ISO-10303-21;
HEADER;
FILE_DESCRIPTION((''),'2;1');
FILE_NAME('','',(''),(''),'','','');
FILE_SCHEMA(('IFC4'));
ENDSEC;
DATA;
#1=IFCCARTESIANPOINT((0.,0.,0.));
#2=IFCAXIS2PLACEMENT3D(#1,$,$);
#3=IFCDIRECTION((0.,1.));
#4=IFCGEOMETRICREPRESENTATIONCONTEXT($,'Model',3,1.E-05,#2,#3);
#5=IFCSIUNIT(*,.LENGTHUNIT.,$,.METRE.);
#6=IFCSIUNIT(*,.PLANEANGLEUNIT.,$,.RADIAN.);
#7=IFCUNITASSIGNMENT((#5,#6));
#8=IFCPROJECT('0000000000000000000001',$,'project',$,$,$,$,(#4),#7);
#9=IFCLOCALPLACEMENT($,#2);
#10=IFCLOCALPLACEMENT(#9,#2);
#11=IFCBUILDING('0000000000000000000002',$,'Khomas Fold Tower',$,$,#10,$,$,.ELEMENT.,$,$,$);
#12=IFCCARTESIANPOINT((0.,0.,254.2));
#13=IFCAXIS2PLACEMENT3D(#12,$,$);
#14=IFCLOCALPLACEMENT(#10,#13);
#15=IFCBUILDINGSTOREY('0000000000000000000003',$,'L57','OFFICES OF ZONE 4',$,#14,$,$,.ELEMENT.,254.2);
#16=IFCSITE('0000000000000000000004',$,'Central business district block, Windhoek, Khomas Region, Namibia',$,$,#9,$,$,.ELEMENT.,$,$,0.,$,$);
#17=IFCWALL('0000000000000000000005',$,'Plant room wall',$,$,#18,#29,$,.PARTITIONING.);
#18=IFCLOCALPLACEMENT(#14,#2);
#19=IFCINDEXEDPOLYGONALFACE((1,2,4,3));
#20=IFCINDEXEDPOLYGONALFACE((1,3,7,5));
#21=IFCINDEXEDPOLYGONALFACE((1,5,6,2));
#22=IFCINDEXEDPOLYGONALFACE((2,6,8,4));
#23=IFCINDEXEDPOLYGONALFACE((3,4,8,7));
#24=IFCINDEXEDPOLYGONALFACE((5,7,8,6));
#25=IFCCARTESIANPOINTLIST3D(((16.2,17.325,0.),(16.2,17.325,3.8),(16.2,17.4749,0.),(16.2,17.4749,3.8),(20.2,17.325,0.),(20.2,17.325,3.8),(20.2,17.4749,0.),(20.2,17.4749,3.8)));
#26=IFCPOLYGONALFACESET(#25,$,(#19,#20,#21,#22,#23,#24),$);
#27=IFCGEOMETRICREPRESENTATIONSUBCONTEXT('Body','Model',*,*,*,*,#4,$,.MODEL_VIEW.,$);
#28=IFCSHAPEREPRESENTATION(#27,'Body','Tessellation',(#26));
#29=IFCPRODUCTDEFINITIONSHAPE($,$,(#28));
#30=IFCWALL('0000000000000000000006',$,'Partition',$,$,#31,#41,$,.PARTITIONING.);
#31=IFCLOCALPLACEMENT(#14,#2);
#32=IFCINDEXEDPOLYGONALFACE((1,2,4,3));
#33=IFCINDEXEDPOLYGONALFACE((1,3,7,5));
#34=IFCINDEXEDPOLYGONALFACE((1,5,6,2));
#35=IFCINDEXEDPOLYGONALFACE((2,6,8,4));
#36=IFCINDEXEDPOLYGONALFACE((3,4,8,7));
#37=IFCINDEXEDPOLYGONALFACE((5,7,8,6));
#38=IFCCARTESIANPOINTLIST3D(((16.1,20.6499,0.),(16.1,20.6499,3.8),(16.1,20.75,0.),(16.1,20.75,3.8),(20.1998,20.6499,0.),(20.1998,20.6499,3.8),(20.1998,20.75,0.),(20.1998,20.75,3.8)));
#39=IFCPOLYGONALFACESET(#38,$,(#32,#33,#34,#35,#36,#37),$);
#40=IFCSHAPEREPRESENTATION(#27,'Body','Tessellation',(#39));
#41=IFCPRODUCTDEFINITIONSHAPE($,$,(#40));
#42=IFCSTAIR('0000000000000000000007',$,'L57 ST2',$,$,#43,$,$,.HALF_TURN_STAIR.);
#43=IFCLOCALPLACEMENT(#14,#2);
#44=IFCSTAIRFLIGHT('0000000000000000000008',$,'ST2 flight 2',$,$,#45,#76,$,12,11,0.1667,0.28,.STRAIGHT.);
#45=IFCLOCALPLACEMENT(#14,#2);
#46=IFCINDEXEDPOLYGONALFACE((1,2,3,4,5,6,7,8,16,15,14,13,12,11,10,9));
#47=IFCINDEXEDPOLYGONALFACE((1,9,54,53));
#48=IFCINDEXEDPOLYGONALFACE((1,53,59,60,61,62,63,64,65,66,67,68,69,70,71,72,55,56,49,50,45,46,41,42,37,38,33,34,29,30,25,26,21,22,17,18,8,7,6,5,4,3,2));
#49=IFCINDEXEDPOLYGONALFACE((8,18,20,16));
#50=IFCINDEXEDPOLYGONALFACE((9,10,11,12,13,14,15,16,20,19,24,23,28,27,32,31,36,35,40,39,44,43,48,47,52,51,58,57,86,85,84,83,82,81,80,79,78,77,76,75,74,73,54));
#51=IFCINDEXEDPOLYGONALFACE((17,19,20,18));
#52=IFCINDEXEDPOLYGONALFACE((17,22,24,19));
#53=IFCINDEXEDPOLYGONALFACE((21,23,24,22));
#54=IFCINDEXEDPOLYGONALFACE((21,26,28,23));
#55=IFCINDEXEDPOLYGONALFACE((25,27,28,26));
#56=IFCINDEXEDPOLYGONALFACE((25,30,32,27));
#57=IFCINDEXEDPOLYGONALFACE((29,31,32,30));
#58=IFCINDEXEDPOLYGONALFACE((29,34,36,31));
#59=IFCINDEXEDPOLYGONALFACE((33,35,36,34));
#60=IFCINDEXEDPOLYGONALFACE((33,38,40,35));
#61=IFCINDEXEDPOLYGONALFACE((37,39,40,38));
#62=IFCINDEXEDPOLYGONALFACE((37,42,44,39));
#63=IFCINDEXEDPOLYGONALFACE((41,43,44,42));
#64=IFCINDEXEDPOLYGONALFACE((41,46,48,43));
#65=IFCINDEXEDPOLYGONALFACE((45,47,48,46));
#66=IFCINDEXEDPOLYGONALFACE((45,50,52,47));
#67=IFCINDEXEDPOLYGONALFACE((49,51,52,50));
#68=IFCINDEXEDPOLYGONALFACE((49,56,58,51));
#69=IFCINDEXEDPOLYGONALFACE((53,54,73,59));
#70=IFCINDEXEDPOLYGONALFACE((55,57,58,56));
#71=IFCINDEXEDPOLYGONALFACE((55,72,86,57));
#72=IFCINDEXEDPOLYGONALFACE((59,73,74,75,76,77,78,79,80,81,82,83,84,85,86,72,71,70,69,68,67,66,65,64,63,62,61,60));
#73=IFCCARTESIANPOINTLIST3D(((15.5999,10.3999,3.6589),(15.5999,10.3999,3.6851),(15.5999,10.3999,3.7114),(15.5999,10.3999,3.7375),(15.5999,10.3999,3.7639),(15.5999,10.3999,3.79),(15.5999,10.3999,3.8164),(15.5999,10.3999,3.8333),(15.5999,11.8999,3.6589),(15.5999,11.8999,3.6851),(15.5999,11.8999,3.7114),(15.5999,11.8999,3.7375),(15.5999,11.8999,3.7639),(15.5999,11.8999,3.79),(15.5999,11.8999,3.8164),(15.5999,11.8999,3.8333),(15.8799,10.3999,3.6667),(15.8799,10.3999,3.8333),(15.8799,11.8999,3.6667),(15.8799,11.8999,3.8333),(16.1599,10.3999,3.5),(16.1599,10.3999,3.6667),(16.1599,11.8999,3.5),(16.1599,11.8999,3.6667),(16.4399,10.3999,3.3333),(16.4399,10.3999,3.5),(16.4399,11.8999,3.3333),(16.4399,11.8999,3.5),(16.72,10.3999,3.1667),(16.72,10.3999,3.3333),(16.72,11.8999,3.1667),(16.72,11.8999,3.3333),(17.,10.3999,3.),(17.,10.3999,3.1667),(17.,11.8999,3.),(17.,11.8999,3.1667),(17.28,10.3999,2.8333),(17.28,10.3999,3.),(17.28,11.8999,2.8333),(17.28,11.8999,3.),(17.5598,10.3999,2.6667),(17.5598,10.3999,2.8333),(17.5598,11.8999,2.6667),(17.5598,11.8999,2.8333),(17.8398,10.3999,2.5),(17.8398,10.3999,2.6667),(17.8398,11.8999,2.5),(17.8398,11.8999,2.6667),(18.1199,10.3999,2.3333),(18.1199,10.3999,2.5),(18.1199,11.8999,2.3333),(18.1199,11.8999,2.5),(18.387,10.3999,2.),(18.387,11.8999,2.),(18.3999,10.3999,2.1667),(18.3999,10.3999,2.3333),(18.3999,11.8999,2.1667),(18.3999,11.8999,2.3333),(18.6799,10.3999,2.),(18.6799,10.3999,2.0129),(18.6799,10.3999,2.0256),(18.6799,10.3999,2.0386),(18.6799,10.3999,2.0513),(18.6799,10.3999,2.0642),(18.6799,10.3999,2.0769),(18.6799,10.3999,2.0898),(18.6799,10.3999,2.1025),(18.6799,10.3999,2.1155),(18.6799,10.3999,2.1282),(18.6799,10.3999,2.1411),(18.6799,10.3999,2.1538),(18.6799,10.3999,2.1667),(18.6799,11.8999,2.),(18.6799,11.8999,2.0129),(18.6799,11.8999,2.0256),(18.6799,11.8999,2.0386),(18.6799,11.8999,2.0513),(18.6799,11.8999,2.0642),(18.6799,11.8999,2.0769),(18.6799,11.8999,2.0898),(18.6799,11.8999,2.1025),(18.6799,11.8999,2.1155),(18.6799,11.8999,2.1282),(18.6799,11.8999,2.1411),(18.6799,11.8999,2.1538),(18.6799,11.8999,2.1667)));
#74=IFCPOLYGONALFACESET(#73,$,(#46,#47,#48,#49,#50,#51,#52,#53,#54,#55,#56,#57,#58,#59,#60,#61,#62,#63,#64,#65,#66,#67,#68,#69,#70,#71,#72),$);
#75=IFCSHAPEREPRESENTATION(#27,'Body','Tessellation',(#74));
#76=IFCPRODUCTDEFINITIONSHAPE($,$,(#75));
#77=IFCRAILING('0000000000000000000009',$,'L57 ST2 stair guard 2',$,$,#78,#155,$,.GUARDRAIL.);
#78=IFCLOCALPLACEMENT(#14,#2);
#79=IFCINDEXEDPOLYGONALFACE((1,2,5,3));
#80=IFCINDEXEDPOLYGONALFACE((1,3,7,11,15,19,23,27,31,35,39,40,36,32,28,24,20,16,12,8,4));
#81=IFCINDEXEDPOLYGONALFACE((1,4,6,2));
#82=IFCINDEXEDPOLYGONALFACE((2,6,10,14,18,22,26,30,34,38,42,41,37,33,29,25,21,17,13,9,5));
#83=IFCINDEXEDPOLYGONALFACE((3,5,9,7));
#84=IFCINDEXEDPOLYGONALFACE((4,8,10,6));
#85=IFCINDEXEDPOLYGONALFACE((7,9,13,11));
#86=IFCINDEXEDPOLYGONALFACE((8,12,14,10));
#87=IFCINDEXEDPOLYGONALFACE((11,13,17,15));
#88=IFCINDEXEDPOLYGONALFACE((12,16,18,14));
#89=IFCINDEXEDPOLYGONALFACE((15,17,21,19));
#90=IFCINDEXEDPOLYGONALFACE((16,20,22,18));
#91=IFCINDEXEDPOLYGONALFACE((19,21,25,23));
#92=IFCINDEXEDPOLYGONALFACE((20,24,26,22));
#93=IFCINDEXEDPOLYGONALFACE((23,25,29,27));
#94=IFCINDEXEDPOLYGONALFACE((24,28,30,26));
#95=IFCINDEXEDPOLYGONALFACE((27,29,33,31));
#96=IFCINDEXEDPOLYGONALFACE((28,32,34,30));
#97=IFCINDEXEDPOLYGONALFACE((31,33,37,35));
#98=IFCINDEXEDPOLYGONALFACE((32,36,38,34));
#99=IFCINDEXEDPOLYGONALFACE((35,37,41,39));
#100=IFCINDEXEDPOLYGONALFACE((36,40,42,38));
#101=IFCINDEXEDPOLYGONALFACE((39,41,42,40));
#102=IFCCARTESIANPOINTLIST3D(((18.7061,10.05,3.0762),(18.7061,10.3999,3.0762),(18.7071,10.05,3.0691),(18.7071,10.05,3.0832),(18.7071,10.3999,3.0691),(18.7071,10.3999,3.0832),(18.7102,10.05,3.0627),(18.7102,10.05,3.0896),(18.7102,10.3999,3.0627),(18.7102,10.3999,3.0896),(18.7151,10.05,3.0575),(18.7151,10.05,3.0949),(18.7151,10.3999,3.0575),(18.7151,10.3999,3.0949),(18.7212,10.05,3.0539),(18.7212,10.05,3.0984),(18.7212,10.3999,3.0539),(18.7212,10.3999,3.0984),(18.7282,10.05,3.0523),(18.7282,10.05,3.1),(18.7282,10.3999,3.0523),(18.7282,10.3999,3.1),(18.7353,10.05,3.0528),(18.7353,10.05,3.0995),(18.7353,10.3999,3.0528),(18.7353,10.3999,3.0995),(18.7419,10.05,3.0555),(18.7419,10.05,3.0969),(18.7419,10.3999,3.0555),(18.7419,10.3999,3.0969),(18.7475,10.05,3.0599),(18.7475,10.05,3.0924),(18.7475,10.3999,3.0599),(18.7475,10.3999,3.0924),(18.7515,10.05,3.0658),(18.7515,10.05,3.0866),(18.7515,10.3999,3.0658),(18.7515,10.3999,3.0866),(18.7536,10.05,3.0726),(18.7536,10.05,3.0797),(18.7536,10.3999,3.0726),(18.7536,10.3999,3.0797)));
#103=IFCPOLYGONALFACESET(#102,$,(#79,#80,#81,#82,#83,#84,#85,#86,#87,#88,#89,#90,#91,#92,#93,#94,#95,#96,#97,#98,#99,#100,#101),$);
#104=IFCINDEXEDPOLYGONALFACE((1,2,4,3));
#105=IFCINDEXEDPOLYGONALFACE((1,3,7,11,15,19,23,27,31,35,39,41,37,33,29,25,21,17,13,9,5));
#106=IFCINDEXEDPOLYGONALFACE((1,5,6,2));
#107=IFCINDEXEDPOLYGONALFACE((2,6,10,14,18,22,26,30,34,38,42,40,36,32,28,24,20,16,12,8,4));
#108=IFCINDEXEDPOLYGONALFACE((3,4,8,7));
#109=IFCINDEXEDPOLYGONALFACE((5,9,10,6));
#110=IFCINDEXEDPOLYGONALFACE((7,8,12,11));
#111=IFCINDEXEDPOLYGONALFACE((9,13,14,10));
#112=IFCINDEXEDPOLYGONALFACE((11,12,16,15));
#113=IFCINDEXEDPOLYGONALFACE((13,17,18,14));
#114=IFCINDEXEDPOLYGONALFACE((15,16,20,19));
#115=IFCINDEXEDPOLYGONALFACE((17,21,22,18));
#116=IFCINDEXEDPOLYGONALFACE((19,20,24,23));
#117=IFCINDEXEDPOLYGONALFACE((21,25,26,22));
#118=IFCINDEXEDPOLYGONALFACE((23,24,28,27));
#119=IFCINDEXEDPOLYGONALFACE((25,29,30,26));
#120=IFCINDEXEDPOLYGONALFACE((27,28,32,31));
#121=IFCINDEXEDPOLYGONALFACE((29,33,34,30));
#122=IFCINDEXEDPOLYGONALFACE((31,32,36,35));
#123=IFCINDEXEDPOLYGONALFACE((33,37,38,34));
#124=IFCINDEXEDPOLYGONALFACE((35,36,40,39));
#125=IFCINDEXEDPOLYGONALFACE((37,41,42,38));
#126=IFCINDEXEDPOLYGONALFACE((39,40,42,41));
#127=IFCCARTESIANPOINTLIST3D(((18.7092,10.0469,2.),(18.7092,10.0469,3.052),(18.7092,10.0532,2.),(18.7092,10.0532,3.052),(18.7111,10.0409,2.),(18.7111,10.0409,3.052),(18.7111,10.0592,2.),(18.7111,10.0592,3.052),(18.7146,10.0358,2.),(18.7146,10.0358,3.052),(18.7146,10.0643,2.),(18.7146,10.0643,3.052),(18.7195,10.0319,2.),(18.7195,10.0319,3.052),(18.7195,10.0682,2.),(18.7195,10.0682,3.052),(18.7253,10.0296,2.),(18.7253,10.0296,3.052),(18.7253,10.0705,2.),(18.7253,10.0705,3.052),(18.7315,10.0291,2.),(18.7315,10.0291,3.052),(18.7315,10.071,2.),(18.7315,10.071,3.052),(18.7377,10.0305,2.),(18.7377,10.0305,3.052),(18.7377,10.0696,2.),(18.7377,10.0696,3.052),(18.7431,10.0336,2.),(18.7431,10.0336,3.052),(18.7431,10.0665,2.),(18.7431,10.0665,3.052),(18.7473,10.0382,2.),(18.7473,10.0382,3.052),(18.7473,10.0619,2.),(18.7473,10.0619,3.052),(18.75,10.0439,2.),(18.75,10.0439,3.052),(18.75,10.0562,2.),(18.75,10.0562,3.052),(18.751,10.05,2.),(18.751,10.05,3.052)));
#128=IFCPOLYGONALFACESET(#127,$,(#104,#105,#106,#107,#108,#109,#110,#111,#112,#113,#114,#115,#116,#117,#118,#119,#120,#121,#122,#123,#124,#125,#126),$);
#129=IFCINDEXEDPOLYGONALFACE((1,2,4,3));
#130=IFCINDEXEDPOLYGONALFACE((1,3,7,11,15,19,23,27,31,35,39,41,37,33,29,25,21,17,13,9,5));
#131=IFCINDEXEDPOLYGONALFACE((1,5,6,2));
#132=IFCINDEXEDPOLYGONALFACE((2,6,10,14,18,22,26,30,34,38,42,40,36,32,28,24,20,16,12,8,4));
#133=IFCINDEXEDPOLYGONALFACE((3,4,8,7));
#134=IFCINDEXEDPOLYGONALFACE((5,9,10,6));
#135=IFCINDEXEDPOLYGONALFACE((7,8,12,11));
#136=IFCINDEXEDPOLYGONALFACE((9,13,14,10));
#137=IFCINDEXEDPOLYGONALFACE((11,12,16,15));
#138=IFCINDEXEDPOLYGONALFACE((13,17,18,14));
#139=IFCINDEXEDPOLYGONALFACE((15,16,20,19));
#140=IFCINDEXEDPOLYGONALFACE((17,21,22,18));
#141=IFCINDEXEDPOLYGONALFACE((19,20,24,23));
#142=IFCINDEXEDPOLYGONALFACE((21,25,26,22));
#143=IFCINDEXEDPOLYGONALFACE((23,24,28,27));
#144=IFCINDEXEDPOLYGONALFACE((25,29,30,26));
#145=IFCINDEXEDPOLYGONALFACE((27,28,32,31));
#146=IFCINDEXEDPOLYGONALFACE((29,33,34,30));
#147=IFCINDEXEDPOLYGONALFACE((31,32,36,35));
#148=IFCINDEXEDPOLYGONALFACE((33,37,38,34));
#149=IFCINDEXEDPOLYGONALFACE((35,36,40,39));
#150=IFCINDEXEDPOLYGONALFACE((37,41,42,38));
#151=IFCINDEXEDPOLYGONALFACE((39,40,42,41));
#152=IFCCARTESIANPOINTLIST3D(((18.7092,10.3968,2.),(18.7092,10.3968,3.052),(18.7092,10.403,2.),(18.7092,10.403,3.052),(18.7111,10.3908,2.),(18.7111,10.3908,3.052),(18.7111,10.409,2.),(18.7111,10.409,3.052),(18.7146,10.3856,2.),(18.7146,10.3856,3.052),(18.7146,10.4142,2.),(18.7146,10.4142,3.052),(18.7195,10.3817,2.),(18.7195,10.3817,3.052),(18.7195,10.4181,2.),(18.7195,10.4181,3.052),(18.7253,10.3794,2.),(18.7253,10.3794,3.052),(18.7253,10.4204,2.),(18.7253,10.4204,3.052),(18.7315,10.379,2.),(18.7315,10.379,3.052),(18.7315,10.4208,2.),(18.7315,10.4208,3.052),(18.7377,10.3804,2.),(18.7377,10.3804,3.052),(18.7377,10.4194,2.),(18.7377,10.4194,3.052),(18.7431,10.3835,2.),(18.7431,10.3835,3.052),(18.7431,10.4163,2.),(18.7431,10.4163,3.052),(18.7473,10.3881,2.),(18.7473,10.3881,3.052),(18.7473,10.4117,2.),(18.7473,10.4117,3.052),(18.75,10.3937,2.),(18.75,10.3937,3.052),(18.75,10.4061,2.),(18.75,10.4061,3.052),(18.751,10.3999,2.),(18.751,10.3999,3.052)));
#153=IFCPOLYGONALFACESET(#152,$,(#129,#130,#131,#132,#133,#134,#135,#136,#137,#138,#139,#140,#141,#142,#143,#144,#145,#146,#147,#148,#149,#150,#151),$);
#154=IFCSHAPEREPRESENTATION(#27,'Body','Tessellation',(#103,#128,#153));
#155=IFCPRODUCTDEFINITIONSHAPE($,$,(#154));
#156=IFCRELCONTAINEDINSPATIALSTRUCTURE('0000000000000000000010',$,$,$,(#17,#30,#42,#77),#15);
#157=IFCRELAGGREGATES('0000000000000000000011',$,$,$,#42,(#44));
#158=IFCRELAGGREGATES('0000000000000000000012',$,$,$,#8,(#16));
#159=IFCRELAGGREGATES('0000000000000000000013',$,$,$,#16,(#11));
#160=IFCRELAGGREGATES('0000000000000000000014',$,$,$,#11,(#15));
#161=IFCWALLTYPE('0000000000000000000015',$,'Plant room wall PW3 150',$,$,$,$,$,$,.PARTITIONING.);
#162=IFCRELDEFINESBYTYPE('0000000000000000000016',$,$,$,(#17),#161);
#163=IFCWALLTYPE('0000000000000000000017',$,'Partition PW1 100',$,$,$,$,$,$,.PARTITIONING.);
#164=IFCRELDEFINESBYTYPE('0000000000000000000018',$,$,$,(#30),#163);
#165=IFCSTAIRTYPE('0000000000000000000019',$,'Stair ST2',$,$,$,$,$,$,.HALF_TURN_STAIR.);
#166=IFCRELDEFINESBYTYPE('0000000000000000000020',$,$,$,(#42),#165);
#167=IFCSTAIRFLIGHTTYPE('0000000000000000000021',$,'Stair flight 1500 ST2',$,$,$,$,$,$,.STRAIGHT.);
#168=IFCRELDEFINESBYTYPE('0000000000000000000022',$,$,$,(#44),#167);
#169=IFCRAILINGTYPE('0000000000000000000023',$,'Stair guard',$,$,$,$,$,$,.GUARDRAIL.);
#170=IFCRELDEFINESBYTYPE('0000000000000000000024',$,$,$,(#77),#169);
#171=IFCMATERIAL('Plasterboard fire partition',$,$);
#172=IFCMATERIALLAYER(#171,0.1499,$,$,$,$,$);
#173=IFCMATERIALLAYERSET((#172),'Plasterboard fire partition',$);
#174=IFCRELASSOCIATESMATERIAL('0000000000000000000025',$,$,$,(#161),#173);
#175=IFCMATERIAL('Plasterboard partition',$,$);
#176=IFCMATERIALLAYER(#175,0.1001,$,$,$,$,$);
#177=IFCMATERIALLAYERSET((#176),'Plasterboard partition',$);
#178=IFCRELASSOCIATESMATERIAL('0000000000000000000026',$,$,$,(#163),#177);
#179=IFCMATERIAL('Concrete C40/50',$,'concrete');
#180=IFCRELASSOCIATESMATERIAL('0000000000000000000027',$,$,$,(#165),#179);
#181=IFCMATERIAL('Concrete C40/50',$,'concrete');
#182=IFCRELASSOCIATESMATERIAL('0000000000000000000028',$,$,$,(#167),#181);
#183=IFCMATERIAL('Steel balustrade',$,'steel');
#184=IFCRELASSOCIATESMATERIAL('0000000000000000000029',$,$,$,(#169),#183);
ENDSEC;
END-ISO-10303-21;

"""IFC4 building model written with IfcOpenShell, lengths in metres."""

from ifc_helpers import new_model, si_unit, direction, frame, frame_2d, origin, origin_2d, place, context, subcontext, project, spatial, polyline, rectangle, circle, outline, extrude, source, transform, mapped, material, layer, layer_set, type_object, element, aggregate, save


model = new_model("IFC4")

# Units and contexts
model_context = context("Model", 3, precision=1e-05, world=origin(), true_north=direction((0.0, 1.0)))
body_context = subcontext(model_context, "Body", "Model", "MODEL_VIEW")
ifc_project = project(units=[si_unit("LENGTHUNIT", "METRE"), si_unit("PLANEANGLEUNIT", "RADIAN")], contexts=[model_context])

# Site, building, storey
site_placement = place(None, origin())
site = spatial("IfcSite", under=ifc_project, at=site_placement, Name="Central business district block, Windhoek, Khomas Region, Namibia", CompositionType="ELEMENT", RefElevation=0.0)
building_placement = place(site_placement, origin())
building = spatial("IfcBuilding", under=site, at=building_placement, Name="Khomas Fold Tower", CompositionType="ELEMENT")
storey_placement = place(building_placement, frame((0.0, 0.0, 254.2)))
storey = spatial("IfcBuildingStorey", under=building, at=storey_placement, Name="L57", Description="OFFICES OF ZONE 4", CompositionType="ELEMENT", Elevation=254.2)

# Walls
ifc_material_1 = material(Name="Plasterboard fire partition")
ifc_layer_1 = layer(ifc_material_1, 0.1499)
ifc_layer_set_1 = layer_set([ifc_layer_1], Name="Plasterboard fire partition")
wall_type_1 = type_object("IfcWallType", Name="Plant room wall PW3 150", PredefinedType="PARTITIONING", material=ifc_layer_set_1)
shared_shape_1 = source(origin(), body_context, "Body", "SweptSolid", [
    extrude(rectangle(XDim=4.0, YDim=0.1499, at=frame_2d((2.0, 0.0))), origin(), (0.0, 0.0, 1.0), 3.8),
])
wall_1_placement = place(storey_placement, frame((16.2, 17.3999, 0.0), z_axis=(0.0, 0.0, 1.0), x_axis=(1.0, 0.0, 0.0)))
element("IfcWall", 1, at=wall_1_placement, inside=storey, type_object=wall_type_1, Name="Plant room wall", PredefinedType="PARTITIONING", context=body_context, shape_type="MappedRepresentation", body=[
    mapped(shared_shape_1, transform((0.0, 0.0, 0.0))),
])
ifc_material_2 = material(Name="Plasterboard partition")
ifc_layer_2 = layer(ifc_material_2, 0.1001)
ifc_layer_set_2 = layer_set([ifc_layer_2], Name="Plasterboard partition")
wall_type_2 = type_object("IfcWallType", Name="Partition PW1 100", PredefinedType="PARTITIONING", material=ifc_layer_set_2)
shared_shape_2 = source(origin(), body_context, "Body", "SweptSolid", [
    extrude(rectangle(XDim=4.0999, YDim=0.1001, at=frame_2d((2.0498, 0.0))), origin(), (0.0, 0.0, 1.0), 3.8),
])
wall_2_placement = place(storey_placement, frame((16.1001, 20.7, 0.0), z_axis=(0.0, 0.0, 1.0), x_axis=(1.0, 0.0, 0.0)))
element("IfcWall", 2, at=wall_2_placement, inside=storey, type_object=wall_type_2, Name="Partition", PredefinedType="PARTITIONING", context=body_context, shape_type="MappedRepresentation", body=[
    mapped(shared_shape_2, transform((0.0, 0.0, 0.0))),
])

# Stair, stair flight
ifc_material_3 = material(Name="Concrete C40/50", Category="concrete")
stair_type = type_object("IfcStairType", Name="Stair ST2", PredefinedType="HALF_TURN_STAIR", material=ifc_material_3)
stair_placement = place(storey_placement, origin())
stair = element("IfcStair", 3, at=stair_placement, inside=storey, type_object=stair_type, Name="L57 ST2", PredefinedType="HALF_TURN_STAIR")
ifc_material_4 = material(Name="Concrete C40/50", Category="concrete")
stair_flight_type = type_object("IfcStairFlightType", Name="Stair flight 1500 ST2", PredefinedType="STRAIGHT", material=ifc_material_4)
shared_shape_3 = source(origin(), body_context, "Body", "SweptSolid", [
    extrude(outline(polyline([(0.0, 0.0), (0.0, 0.0129), (0.0, 0.0256), (0.0, 0.0386), (0.0, 0.0513), (0.0, 0.0642), (0.0, 0.0769), (0.0, 0.0898), (0.0, 0.1025), (0.0, 0.1155), (0.0, 0.1282), (0.0, 0.1411), (0.0, 0.1538), (0.0, 0.1667), (0.28, 0.1667), (0.28, 0.3333), (0.5601, 0.3333), (0.5601, 0.5), (0.8401, 0.5), (0.8401, 0.6667), (1.1201, 0.6667), (1.1201, 0.8333), (1.3999, 0.8333), (1.3999, 1.0), (1.6799, 1.0), (1.6799, 1.1667), (1.96, 1.1667), (1.96, 1.3333), (2.24, 1.3333), (2.24, 1.5), (2.52, 1.5), (2.52, 1.6667), (2.8, 1.6667), (2.8, 1.8333), (3.0801, 1.8333), (3.0801, 2.0), (3.0801, 1.9739), (3.0801, 1.9475), (3.0801, 1.9214), (3.0801, 1.895), (3.0801, 1.8689), (3.0801, 1.8425), (3.0801, 1.8164), (3.0801, 1.79), (3.0801, 1.7639), (3.0801, 1.7375), (3.0801, 1.7114), (3.0801, 1.6851), (3.0801, 1.6589), (0.293, 0.0), (0.0, 0.0)])), frame((0.0, 0.75, 0.0), z_axis=(0.0, -1.0, 0.0), x_axis=(1.0, 0.0, 0.0)), (0.0, 0.0, 1.0), 1.5),
])
stair_flight_placement = place(storey_placement, frame((18.6799, 11.1499, 2.0), z_axis=(0.0, 0.0, 1.0), x_axis=(-1.0, 0.0, 0.0)))
stair_flight = element("IfcStairFlight", 4, at=stair_flight_placement, type_object=stair_flight_type, Name="ST2 flight 2", NumberOfRisers=12, NumberOfTreads=11, PredefinedType="STRAIGHT", RiserHeight=0.1667, TreadLength=0.28, context=body_context, shape_type="MappedRepresentation", body=[
    mapped(shared_shape_3, transform((0.0, 0.0, 0.0))),
])
aggregate(stair, [stair_flight])

# Railing
ifc_material_5 = material(Name="Steel balustrade", Category="steel")
railing_type_1 = type_object("IfcRailingType", Name="Stair guard", PredefinedType="GUARDRAIL", material=ifc_material_5)
shared_shape_4 = source(origin(), body_context, "Body", "SweptSolid", [
    extrude(circle(Radius=0.0239, at=origin_2d()), frame((0.0, 0.0, 1.0762), z_axis=(0.0, 1.0, 0.0), x_axis=(-1.0, 0.0, 0.0)), (0.0, 0.0, 1.0), 0.3499),
    extrude(circle(Radius=0.021, at=origin_2d()), origin(), (0.0, 0.0, 1.0), 1.052),
    extrude(circle(Radius=0.021, at=origin_2d()), frame((0.0, 0.3499, 0.0)), (0.0, 0.0, 1.0), 1.052),
])
for number, where, name in (
    (5, (18.73, 10.05, 2.0), "L57 ST2 stair guard 2"),
):
    element("IfcRailing", number, at=place(storey_placement, frame(where)), inside=storey, type_object=railing_type_1, Name=name, PredefinedType="GUARDRAIL", context=body_context, shape_type="MappedRepresentation", body=[
        mapped(shared_shape_4, transform((0.0, 0.0, 0.0))),
    ])

save(model, "model.ifc")
